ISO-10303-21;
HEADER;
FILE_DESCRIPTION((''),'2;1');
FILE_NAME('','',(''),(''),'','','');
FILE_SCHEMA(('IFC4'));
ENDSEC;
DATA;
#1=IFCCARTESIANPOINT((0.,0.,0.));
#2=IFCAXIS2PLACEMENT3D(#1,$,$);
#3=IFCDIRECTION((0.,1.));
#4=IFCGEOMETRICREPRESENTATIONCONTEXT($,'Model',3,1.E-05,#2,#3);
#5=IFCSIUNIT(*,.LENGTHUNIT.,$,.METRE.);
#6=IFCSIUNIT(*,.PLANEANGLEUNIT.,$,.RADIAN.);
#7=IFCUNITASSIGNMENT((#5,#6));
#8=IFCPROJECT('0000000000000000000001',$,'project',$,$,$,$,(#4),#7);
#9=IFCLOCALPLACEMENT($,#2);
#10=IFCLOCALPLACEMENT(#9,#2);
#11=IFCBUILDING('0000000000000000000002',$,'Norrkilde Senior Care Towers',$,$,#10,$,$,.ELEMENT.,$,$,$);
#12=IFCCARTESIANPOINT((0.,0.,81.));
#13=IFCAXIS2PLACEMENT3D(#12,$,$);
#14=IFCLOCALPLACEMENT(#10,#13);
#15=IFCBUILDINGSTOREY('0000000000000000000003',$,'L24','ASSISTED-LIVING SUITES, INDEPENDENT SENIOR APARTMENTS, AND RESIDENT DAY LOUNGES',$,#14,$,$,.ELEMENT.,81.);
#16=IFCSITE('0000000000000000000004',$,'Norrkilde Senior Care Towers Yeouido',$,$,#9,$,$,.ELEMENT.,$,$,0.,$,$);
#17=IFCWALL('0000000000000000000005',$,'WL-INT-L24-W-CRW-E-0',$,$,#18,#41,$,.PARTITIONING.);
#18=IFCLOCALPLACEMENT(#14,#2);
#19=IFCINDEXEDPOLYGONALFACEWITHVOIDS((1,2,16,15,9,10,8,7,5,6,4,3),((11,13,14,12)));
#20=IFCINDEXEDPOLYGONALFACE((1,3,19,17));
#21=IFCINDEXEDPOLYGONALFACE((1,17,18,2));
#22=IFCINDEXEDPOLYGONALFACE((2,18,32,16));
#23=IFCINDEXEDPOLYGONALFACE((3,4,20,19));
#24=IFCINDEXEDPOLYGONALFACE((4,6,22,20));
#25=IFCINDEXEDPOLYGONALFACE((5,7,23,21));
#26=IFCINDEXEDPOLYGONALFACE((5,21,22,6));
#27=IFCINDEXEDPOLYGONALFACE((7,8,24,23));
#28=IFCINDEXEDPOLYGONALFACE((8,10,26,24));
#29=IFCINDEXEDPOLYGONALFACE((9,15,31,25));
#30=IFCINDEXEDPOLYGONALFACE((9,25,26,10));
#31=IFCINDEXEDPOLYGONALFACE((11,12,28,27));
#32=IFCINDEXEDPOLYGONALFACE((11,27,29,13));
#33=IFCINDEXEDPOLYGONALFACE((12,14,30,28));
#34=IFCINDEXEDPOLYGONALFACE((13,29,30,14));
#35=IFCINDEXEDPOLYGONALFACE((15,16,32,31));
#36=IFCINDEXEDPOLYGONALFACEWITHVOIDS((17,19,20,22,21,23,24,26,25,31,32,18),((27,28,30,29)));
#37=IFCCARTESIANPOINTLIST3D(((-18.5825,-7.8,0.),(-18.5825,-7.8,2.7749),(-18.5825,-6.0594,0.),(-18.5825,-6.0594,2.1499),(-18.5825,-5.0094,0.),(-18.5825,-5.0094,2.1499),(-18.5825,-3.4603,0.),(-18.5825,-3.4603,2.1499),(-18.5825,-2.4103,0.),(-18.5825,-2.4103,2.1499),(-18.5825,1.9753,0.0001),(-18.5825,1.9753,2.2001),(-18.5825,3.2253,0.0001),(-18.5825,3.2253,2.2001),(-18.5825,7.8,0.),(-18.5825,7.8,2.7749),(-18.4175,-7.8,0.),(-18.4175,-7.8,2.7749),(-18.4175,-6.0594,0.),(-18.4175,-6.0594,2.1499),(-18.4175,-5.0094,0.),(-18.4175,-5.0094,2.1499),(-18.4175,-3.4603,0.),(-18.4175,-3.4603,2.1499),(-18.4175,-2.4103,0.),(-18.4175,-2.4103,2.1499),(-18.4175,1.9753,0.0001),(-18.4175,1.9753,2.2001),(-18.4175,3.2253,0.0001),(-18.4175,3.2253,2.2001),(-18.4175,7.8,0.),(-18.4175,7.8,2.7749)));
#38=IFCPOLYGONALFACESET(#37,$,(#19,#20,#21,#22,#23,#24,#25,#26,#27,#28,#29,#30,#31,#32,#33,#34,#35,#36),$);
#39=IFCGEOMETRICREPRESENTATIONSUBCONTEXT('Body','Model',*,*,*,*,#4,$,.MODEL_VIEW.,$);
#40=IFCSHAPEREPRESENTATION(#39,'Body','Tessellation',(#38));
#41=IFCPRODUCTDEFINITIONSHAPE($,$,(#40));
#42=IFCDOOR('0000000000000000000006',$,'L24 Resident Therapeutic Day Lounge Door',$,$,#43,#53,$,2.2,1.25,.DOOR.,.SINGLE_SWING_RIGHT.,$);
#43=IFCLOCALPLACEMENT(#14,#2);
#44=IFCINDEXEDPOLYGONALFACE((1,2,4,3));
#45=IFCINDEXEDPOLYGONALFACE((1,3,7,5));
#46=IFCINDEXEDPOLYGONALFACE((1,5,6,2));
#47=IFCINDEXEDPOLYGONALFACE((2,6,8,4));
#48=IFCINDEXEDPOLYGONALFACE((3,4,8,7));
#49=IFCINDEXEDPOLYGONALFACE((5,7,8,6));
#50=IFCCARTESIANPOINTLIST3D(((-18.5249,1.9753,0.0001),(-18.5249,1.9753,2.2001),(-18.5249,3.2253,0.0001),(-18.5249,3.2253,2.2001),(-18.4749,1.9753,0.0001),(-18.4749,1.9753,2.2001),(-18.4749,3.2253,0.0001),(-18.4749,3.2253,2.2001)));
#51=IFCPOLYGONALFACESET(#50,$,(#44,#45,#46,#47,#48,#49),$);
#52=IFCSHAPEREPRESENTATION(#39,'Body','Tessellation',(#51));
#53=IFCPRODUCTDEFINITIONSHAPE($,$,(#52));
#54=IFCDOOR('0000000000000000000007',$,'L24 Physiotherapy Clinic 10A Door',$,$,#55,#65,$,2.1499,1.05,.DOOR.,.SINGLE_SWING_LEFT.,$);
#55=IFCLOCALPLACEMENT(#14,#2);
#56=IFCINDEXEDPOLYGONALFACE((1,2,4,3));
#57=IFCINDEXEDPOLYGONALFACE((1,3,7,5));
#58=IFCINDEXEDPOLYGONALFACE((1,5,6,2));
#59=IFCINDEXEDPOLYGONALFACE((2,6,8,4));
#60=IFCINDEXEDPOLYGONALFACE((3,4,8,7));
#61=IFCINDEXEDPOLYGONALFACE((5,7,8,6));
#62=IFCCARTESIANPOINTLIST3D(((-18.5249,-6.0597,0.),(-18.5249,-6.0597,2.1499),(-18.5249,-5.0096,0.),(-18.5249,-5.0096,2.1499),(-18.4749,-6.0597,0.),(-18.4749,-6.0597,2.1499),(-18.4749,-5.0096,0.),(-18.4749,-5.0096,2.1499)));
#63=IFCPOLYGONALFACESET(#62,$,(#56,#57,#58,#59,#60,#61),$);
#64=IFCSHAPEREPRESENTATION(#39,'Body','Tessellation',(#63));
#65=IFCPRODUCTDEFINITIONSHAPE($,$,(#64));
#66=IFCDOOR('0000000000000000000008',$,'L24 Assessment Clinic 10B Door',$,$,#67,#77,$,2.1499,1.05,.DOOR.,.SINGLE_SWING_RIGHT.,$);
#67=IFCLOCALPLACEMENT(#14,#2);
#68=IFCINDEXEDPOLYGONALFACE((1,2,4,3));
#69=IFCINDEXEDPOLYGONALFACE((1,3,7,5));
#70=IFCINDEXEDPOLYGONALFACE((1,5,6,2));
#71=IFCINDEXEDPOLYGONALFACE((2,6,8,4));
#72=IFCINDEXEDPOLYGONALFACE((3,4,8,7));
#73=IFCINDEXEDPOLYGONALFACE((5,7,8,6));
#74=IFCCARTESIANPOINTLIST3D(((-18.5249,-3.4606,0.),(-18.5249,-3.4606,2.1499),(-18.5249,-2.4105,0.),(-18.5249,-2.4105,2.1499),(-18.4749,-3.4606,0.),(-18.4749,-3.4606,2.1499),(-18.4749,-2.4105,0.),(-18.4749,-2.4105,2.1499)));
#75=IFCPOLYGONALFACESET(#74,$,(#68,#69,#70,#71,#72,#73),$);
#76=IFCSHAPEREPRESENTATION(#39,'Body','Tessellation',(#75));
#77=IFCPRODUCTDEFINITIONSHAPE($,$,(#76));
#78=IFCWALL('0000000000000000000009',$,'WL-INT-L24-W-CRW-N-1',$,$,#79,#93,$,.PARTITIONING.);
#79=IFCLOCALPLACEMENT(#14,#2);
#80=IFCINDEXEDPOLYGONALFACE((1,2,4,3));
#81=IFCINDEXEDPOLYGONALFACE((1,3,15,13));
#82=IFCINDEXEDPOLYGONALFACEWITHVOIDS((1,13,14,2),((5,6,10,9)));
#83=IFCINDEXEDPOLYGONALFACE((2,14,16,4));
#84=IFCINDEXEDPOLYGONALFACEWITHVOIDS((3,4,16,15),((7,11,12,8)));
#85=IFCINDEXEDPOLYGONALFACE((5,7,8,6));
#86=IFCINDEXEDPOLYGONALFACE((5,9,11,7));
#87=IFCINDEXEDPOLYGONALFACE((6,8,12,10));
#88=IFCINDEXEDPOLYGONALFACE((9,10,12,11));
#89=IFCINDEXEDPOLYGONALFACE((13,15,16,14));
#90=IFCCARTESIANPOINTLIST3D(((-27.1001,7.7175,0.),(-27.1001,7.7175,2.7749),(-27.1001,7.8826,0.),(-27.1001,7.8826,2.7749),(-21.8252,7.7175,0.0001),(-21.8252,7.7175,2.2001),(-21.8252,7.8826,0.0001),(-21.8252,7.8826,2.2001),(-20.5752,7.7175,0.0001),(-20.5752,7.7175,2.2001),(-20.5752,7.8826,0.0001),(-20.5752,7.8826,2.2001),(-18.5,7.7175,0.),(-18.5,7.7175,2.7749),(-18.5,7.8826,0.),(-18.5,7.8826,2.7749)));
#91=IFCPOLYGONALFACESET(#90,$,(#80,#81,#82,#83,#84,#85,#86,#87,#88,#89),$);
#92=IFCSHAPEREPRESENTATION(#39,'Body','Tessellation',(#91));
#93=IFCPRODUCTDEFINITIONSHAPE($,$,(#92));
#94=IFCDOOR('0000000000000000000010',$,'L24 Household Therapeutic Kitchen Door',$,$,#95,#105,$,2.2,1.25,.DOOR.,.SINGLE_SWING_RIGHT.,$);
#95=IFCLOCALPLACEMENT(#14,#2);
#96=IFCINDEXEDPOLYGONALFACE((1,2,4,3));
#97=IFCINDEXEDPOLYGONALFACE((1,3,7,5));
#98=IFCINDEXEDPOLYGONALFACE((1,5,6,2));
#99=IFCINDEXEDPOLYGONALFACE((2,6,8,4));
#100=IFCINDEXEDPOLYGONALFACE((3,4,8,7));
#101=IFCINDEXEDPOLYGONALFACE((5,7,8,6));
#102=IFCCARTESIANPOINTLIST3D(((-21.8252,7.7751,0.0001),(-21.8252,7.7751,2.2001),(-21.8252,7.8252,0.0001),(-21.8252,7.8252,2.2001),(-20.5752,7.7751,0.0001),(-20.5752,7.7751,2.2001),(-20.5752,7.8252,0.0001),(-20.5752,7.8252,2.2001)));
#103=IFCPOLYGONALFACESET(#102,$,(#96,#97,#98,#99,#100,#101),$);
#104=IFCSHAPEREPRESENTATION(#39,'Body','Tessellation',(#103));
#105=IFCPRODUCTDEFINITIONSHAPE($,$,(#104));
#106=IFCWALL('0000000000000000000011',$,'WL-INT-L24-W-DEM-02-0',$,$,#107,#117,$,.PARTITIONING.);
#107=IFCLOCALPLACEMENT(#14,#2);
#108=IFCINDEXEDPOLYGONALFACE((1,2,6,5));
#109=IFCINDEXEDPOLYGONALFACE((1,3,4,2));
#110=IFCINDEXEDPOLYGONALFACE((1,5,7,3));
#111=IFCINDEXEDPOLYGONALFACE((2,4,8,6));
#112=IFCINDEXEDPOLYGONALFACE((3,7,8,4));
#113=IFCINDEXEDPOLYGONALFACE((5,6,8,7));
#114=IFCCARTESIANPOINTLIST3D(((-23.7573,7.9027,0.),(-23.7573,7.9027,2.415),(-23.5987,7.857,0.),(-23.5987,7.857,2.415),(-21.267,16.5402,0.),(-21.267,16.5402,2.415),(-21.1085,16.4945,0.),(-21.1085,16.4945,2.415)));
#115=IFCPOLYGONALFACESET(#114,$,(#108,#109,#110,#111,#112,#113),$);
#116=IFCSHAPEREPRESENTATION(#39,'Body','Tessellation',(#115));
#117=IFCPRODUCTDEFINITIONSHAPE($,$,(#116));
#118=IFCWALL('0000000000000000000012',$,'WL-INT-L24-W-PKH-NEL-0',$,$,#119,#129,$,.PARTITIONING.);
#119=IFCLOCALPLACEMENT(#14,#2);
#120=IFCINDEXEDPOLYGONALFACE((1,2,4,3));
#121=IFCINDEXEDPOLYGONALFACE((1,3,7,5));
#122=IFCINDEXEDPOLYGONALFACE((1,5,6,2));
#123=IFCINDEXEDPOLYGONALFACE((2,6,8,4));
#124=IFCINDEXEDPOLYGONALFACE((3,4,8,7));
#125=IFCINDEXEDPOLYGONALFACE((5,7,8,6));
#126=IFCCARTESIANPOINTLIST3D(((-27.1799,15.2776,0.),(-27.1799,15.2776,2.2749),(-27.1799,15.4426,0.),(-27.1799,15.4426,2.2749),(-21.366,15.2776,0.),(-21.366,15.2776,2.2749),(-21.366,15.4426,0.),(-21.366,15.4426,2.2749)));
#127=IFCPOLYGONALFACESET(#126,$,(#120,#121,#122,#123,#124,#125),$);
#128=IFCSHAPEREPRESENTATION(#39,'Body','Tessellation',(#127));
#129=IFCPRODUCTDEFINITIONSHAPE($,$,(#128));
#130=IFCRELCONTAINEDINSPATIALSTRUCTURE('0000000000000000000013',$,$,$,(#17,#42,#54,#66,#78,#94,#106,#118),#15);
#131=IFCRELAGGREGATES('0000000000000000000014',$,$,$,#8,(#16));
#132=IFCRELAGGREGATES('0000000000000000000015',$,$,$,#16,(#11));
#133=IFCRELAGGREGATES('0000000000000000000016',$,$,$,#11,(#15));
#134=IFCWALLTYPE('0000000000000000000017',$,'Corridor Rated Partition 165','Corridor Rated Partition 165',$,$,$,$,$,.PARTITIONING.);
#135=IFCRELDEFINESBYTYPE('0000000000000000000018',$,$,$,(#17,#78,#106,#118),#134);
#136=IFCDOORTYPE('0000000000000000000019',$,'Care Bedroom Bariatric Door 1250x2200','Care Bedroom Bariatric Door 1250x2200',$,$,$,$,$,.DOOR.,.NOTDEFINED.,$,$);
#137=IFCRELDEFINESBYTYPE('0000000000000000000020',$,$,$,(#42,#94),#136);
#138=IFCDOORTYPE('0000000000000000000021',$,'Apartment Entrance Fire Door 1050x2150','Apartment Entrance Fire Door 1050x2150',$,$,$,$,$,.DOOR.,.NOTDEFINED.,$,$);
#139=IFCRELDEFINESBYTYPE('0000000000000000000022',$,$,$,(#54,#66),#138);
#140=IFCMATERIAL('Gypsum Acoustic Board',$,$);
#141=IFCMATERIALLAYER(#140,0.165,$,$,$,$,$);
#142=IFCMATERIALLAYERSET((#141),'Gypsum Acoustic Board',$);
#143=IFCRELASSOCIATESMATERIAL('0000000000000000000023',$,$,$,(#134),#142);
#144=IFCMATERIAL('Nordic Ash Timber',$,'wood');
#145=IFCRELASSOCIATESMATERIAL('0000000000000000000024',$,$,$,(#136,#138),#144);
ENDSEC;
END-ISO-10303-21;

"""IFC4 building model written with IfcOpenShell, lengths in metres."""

from ifc_helpers import new_model, si_unit, direction, frame, frame_2d, origin, place, context, subcontext, project, spatial, rectangle, extrude, source, transform, mapped, material, layer, layer_set, type_object, type_shapes, element, fill, save


model = new_model("IFC4")

# Units and contexts
model_context = context("Model", 3, precision=1e-05, world=origin(), true_north=direction((0.0, 1.0)))
body_context = subcontext(model_context, "Body", "Model", "MODEL_VIEW")
ifc_project = project(units=[si_unit("LENGTHUNIT", "METRE"), si_unit("PLANEANGLEUNIT", "RADIAN")], contexts=[model_context])

# Site, building, storey
site_placement = place(None, origin())
site = spatial("IfcSite", under=ifc_project, at=site_placement, Name="Norrkilde Senior Care Towers Yeouido", CompositionType="ELEMENT", RefElevation=0.0)
building_placement = place(site_placement, origin())
building = spatial("IfcBuilding", under=site, at=building_placement, Name="Norrkilde Senior Care Towers", CompositionType="ELEMENT")
storey_placement = place(building_placement, frame((0.0, 0.0, 81.0)))
storey = spatial("IfcBuildingStorey", under=building, at=storey_placement, Name="L24", Description="ASSISTED-LIVING SUITES, INDEPENDENT SENIOR APARTMENTS, AND RESIDENT DAY LOUNGES", CompositionType="ELEMENT", Elevation=81.0)

# Wall, openings, doors
ifc_material_1 = material(Name="Gypsum Acoustic Board")
ifc_layer_1 = layer(ifc_material_1, 0.165)
ifc_layer_set_1 = layer_set([ifc_layer_1], Name="Gypsum Acoustic Board")
wall_type_1 = type_object("IfcWallType", Name="Corridor Rated Partition 165", Description="Corridor Rated Partition 165", PredefinedType="PARTITIONING", material=ifc_layer_set_1)
shared_shape_1 = source(origin(), body_context, "Body", "SweptSolid", [
    extrude(rectangle(XDim=15.6001, YDim=0.165, at=frame_2d((7.8, 0.0))), origin(), (0.0, 0.0, 1.0), 2.7749),
])
wall_1_placement = place(storey_placement, frame((-18.5, 7.8, 0.0), z_axis=(0.0, 0.0, 1.0), x_axis=(0.0, -1.0, 0.0)))
wall_1 = element("IfcWall", 1, at=wall_1_placement, inside=storey, type_object=wall_type_1, Name="WL-INT-L24-W-CRW-E-0", PredefinedType="PARTITIONING", context=body_context, shape_type="MappedRepresentation", body=[
    mapped(shared_shape_1, transform((0.0, 0.0, 0.0), x_axis=(1.0, 0.0, 0.0), y_axis=(0.0, 1.0, 0.0), z_axis=(0.0, 0.0, 1.0), scale=1.0)),
])
opening_1_placement = place(wall_1_placement, frame((12.8096, 0.0, 0.0)))
opening_1 = element("IfcOpeningElement", 2, at=opening_1_placement, cuts=wall_1, PredefinedType="OPENING", context=body_context, shape_type="SweptSolid", body=[
    extrude(rectangle(XDim=1.05, YDim=2.1499, at=frame_2d((0.5249, 1.075))), frame((0.0, 0.0925, 0.0), z_axis=(0.0, -1.0, 0.0), x_axis=(1.0, 0.0, 0.0)), (0.0, 0.0, 1.0), 0.1851),
])
opening_2_placement = place(wall_1_placement, frame((10.2104, 0.0, 0.0)))
opening_2 = element("IfcOpeningElement", 3, at=opening_2_placement, cuts=wall_1, PredefinedType="OPENING", context=body_context, shape_type="SweptSolid", body=[
    extrude(rectangle(XDim=1.05, YDim=2.1499, at=frame_2d((0.5249, 1.075))), frame((0.0, 0.0925, 0.0), z_axis=(0.0, -1.0, 0.0), x_axis=(1.0, 0.0, 0.0)), (0.0, 0.0, 1.0), 0.1851),
])
opening_3_placement = place(wall_1_placement, frame((4.5747, 0.0, 0.0)))
opening_3 = element("IfcOpeningElement", 4, at=opening_3_placement, cuts=wall_1, PredefinedType="OPENING", context=body_context, shape_type="SweptSolid", body=[
    extrude(rectangle(XDim=1.25, YDim=2.2, at=frame_2d((0.625, 1.1001))), frame((0.0, 0.0925, 0.0), z_axis=(0.0, -1.0, 0.0), x_axis=(1.0, 0.0, 0.0)), (0.0, 0.0, 1.0), 0.1851),
])
ifc_material_2 = material(Name="Nordic Ash Timber", Category="wood")
door_type_1 = type_object("IfcDoorType", Name="Care Bedroom Bariatric Door 1250x2200", Description="Care Bedroom Bariatric Door 1250x2200", OperationType="NOTDEFINED", PredefinedType="DOOR", material=ifc_material_2)
shared_shape_2 = source(origin(), body_context, "Body", "SweptSolid", [
    extrude(rectangle(XDim=1.25, YDim=2.2, at=frame_2d((0.625, 1.1001))), frame((0.0, 0.0249, 0.0), z_axis=(0.0, -1.0, 0.0), x_axis=(1.0, 0.0, 0.0)), (0.0, 0.0, 1.0), 0.05),
])
type_shapes(door_type_1, [shared_shape_2])
door_1_placement = place(opening_3_placement, frame((1.25, 0.0, 0.0), z_axis=(0.0, 0.0, 1.0), x_axis=(-1.0, 0.0, 0.0)))
door_1 = element("IfcDoor", 5, at=door_1_placement, inside=storey, type_object=door_type_1, Name="L24 Resident Therapeutic Day Lounge Door", OperationType="SINGLE_SWING_RIGHT", OverallHeight=2.2, OverallWidth=1.25, PredefinedType="DOOR", context=body_context, shape_type="MappedRepresentation", body=[
    mapped(shared_shape_2, transform((0.0, 0.0, 0.0), x_axis=(1.0, 0.0, 0.0), y_axis=(0.0, 1.0, 0.0), z_axis=(0.0, 0.0, 1.0), scale=1.0)),
])
fill(opening_3, door_1)
door_type_2 = type_object("IfcDoorType", Name="Apartment Entrance Fire Door 1050x2150", Description="Apartment Entrance Fire Door 1050x2150", OperationType="NOTDEFINED", PredefinedType="DOOR", material=ifc_material_2)
shared_shape_3 = source(origin(), body_context, "Body", "SweptSolid", [
    extrude(rectangle(XDim=1.05, YDim=2.1499, at=frame_2d((0.5249, 1.075))), frame((0.0, 0.0249, 0.0), z_axis=(0.0, -1.0, 0.0), x_axis=(1.0, 0.0, 0.0)), (0.0, 0.0, 1.0), 0.05),
])
type_shapes(door_type_2, [shared_shape_3])
door_2_placement = place(opening_1_placement, frame((1.05, 0.0, 0.0), z_axis=(0.0, 0.0, 1.0), x_axis=(-1.0, 0.0, 0.0)))
door_2 = element("IfcDoor", 6, at=door_2_placement, inside=storey, type_object=door_type_2, Name="L24 Physiotherapy Clinic 10A Door", OperationType="SINGLE_SWING_LEFT", OverallHeight=2.1499, OverallWidth=1.05, PredefinedType="DOOR", context=body_context, shape_type="MappedRepresentation", body=[
    mapped(shared_shape_3, transform((0.0, 0.0, 0.0), x_axis=(1.0, 0.0, 0.0), y_axis=(0.0, 1.0, 0.0), z_axis=(0.0, 0.0, 1.0), scale=1.0)),
])
fill(opening_1, door_2)
door_3_placement = place(opening_2_placement, frame((1.05, 0.0, 0.0), z_axis=(0.0, 0.0, 1.0), x_axis=(-1.0, 0.0, 0.0)))
door_3 = element("IfcDoor", 7, at=door_3_placement, inside=storey, type_object=door_type_2, Name="L24 Assessment Clinic 10B Door", OperationType="SINGLE_SWING_RIGHT", OverallHeight=2.1499, OverallWidth=1.05, PredefinedType="DOOR", context=body_context, shape_type="MappedRepresentation", body=[
    mapped(shared_shape_3, transform((0.0, 0.0, 0.0), x_axis=(1.0, 0.0, 0.0), y_axis=(0.0, 1.0, 0.0), z_axis=(0.0, 0.0, 1.0), scale=1.0)),
])
fill(opening_2, door_3)

# Wall, opening, door
shared_shape_4 = source(origin(), body_context, "Body", "SweptSolid", [
    extrude(rectangle(XDim=8.6001, YDim=0.165, at=frame_2d((4.3, 0.0))), origin(), (0.0, 0.0, 1.0), 2.7749),
])
wall_2_placement = place(storey_placement, frame((-27.1001, 7.8, 0.0), z_axis=(0.0, 0.0, 1.0), x_axis=(1.0, 0.0, 0.0)))
wall_2 = element("IfcWall", 8, at=wall_2_placement, inside=storey, type_object=wall_type_1, Name="WL-INT-L24-W-CRW-N-1", PredefinedType="PARTITIONING", context=body_context, shape_type="MappedRepresentation", body=[
    mapped(shared_shape_4, transform((0.0, 0.0, 0.0), x_axis=(1.0, 0.0, 0.0), y_axis=(0.0, 1.0, 0.0), z_axis=(0.0, 0.0, 1.0), scale=1.0)),
])
opening_4_placement = place(wall_2_placement, frame((5.2749, 0.0, 0.0)))
opening_4 = element("IfcOpeningElement", 9, at=opening_4_placement, cuts=wall_2, PredefinedType="OPENING", context=body_context, shape_type="SweptSolid", body=[
    extrude(rectangle(XDim=1.25, YDim=2.2, at=frame_2d((0.625, 1.1001))), frame((0.0, 0.0925, 0.0), z_axis=(0.0, -1.0, 0.0), x_axis=(1.0, 0.0, 0.0)), (0.0, 0.0, 1.0), 0.1851),
])
door_4_placement = place(opening_4_placement, frame((1.25, 0.0, 0.0), z_axis=(0.0, 0.0, 1.0), x_axis=(-1.0, 0.0, 0.0)))
door_4 = element("IfcDoor", 10, at=door_4_placement, inside=storey, type_object=door_type_1, Name="L24 Household Therapeutic Kitchen Door", OperationType="SINGLE_SWING_RIGHT", OverallHeight=2.2, OverallWidth=1.25, PredefinedType="DOOR", context=body_context, shape_type="MappedRepresentation", body=[
    mapped(shared_shape_2, transform((0.0, 0.0, 0.0), x_axis=(1.0, 0.0, 0.0), y_axis=(0.0, 1.0, 0.0), z_axis=(0.0, 0.0, 1.0), scale=1.0)),
])
fill(opening_4, door_4)

# Walls
shared_shape_5 = source(origin(), body_context, "Body", "SweptSolid", [
    extrude(rectangle(XDim=8.9893, YDim=0.165, at=frame_2d((4.4946, 0.0))), origin(), (0.0, 0.0, 1.0), 2.415),
])
wall_3_placement = place(storey_placement, frame((-23.678, 7.8799, 0.0), z_axis=(0.0, 0.0, 1.0), x_axis=(0.277023, 0.960863, 0.0)))
element("IfcWall", 11, at=wall_3_placement, inside=storey, type_object=wall_type_1, Name="WL-INT-L24-W-DEM-02-0", PredefinedType="PARTITIONING", context=body_context, shape_type="MappedRepresentation", body=[
    mapped(shared_shape_5, transform((0.0, 0.0, 0.0), x_axis=(1.0, 0.0, 0.0), y_axis=(0.0, 1.0, 0.0), z_axis=(0.0, 0.0, 1.0), scale=1.0)),
])
shared_shape_6 = source(origin(), body_context, "Body", "SweptSolid", [
    extrude(rectangle(XDim=5.814, YDim=0.165, at=frame_2d((2.907, 0.0))), origin(), (0.0, 0.0, 1.0), 2.2749),
])
type_shapes(wall_type_1, [shared_shape_1, shared_shape_4, shared_shape_5, shared_shape_6])
wall_4_placement = place(storey_placement, frame((-27.1799, 15.3601, 0.0), z_axis=(0.0, 0.0, 1.0), x_axis=(1.0, 0.0, 0.0)))
element("IfcWall", 12, at=wall_4_placement, inside=storey, type_object=wall_type_1, Name="WL-INT-L24-W-PKH-NEL-0", PredefinedType="PARTITIONING", context=body_context, shape_type="MappedRepresentation", body=[
    mapped(shared_shape_6, transform((0.0, 0.0, 0.0), x_axis=(1.0, 0.0, 0.0), y_axis=(0.0, 1.0, 0.0), z_axis=(0.0, 0.0, 1.0), scale=1.0)),
])

save(model, "model.ifc")
